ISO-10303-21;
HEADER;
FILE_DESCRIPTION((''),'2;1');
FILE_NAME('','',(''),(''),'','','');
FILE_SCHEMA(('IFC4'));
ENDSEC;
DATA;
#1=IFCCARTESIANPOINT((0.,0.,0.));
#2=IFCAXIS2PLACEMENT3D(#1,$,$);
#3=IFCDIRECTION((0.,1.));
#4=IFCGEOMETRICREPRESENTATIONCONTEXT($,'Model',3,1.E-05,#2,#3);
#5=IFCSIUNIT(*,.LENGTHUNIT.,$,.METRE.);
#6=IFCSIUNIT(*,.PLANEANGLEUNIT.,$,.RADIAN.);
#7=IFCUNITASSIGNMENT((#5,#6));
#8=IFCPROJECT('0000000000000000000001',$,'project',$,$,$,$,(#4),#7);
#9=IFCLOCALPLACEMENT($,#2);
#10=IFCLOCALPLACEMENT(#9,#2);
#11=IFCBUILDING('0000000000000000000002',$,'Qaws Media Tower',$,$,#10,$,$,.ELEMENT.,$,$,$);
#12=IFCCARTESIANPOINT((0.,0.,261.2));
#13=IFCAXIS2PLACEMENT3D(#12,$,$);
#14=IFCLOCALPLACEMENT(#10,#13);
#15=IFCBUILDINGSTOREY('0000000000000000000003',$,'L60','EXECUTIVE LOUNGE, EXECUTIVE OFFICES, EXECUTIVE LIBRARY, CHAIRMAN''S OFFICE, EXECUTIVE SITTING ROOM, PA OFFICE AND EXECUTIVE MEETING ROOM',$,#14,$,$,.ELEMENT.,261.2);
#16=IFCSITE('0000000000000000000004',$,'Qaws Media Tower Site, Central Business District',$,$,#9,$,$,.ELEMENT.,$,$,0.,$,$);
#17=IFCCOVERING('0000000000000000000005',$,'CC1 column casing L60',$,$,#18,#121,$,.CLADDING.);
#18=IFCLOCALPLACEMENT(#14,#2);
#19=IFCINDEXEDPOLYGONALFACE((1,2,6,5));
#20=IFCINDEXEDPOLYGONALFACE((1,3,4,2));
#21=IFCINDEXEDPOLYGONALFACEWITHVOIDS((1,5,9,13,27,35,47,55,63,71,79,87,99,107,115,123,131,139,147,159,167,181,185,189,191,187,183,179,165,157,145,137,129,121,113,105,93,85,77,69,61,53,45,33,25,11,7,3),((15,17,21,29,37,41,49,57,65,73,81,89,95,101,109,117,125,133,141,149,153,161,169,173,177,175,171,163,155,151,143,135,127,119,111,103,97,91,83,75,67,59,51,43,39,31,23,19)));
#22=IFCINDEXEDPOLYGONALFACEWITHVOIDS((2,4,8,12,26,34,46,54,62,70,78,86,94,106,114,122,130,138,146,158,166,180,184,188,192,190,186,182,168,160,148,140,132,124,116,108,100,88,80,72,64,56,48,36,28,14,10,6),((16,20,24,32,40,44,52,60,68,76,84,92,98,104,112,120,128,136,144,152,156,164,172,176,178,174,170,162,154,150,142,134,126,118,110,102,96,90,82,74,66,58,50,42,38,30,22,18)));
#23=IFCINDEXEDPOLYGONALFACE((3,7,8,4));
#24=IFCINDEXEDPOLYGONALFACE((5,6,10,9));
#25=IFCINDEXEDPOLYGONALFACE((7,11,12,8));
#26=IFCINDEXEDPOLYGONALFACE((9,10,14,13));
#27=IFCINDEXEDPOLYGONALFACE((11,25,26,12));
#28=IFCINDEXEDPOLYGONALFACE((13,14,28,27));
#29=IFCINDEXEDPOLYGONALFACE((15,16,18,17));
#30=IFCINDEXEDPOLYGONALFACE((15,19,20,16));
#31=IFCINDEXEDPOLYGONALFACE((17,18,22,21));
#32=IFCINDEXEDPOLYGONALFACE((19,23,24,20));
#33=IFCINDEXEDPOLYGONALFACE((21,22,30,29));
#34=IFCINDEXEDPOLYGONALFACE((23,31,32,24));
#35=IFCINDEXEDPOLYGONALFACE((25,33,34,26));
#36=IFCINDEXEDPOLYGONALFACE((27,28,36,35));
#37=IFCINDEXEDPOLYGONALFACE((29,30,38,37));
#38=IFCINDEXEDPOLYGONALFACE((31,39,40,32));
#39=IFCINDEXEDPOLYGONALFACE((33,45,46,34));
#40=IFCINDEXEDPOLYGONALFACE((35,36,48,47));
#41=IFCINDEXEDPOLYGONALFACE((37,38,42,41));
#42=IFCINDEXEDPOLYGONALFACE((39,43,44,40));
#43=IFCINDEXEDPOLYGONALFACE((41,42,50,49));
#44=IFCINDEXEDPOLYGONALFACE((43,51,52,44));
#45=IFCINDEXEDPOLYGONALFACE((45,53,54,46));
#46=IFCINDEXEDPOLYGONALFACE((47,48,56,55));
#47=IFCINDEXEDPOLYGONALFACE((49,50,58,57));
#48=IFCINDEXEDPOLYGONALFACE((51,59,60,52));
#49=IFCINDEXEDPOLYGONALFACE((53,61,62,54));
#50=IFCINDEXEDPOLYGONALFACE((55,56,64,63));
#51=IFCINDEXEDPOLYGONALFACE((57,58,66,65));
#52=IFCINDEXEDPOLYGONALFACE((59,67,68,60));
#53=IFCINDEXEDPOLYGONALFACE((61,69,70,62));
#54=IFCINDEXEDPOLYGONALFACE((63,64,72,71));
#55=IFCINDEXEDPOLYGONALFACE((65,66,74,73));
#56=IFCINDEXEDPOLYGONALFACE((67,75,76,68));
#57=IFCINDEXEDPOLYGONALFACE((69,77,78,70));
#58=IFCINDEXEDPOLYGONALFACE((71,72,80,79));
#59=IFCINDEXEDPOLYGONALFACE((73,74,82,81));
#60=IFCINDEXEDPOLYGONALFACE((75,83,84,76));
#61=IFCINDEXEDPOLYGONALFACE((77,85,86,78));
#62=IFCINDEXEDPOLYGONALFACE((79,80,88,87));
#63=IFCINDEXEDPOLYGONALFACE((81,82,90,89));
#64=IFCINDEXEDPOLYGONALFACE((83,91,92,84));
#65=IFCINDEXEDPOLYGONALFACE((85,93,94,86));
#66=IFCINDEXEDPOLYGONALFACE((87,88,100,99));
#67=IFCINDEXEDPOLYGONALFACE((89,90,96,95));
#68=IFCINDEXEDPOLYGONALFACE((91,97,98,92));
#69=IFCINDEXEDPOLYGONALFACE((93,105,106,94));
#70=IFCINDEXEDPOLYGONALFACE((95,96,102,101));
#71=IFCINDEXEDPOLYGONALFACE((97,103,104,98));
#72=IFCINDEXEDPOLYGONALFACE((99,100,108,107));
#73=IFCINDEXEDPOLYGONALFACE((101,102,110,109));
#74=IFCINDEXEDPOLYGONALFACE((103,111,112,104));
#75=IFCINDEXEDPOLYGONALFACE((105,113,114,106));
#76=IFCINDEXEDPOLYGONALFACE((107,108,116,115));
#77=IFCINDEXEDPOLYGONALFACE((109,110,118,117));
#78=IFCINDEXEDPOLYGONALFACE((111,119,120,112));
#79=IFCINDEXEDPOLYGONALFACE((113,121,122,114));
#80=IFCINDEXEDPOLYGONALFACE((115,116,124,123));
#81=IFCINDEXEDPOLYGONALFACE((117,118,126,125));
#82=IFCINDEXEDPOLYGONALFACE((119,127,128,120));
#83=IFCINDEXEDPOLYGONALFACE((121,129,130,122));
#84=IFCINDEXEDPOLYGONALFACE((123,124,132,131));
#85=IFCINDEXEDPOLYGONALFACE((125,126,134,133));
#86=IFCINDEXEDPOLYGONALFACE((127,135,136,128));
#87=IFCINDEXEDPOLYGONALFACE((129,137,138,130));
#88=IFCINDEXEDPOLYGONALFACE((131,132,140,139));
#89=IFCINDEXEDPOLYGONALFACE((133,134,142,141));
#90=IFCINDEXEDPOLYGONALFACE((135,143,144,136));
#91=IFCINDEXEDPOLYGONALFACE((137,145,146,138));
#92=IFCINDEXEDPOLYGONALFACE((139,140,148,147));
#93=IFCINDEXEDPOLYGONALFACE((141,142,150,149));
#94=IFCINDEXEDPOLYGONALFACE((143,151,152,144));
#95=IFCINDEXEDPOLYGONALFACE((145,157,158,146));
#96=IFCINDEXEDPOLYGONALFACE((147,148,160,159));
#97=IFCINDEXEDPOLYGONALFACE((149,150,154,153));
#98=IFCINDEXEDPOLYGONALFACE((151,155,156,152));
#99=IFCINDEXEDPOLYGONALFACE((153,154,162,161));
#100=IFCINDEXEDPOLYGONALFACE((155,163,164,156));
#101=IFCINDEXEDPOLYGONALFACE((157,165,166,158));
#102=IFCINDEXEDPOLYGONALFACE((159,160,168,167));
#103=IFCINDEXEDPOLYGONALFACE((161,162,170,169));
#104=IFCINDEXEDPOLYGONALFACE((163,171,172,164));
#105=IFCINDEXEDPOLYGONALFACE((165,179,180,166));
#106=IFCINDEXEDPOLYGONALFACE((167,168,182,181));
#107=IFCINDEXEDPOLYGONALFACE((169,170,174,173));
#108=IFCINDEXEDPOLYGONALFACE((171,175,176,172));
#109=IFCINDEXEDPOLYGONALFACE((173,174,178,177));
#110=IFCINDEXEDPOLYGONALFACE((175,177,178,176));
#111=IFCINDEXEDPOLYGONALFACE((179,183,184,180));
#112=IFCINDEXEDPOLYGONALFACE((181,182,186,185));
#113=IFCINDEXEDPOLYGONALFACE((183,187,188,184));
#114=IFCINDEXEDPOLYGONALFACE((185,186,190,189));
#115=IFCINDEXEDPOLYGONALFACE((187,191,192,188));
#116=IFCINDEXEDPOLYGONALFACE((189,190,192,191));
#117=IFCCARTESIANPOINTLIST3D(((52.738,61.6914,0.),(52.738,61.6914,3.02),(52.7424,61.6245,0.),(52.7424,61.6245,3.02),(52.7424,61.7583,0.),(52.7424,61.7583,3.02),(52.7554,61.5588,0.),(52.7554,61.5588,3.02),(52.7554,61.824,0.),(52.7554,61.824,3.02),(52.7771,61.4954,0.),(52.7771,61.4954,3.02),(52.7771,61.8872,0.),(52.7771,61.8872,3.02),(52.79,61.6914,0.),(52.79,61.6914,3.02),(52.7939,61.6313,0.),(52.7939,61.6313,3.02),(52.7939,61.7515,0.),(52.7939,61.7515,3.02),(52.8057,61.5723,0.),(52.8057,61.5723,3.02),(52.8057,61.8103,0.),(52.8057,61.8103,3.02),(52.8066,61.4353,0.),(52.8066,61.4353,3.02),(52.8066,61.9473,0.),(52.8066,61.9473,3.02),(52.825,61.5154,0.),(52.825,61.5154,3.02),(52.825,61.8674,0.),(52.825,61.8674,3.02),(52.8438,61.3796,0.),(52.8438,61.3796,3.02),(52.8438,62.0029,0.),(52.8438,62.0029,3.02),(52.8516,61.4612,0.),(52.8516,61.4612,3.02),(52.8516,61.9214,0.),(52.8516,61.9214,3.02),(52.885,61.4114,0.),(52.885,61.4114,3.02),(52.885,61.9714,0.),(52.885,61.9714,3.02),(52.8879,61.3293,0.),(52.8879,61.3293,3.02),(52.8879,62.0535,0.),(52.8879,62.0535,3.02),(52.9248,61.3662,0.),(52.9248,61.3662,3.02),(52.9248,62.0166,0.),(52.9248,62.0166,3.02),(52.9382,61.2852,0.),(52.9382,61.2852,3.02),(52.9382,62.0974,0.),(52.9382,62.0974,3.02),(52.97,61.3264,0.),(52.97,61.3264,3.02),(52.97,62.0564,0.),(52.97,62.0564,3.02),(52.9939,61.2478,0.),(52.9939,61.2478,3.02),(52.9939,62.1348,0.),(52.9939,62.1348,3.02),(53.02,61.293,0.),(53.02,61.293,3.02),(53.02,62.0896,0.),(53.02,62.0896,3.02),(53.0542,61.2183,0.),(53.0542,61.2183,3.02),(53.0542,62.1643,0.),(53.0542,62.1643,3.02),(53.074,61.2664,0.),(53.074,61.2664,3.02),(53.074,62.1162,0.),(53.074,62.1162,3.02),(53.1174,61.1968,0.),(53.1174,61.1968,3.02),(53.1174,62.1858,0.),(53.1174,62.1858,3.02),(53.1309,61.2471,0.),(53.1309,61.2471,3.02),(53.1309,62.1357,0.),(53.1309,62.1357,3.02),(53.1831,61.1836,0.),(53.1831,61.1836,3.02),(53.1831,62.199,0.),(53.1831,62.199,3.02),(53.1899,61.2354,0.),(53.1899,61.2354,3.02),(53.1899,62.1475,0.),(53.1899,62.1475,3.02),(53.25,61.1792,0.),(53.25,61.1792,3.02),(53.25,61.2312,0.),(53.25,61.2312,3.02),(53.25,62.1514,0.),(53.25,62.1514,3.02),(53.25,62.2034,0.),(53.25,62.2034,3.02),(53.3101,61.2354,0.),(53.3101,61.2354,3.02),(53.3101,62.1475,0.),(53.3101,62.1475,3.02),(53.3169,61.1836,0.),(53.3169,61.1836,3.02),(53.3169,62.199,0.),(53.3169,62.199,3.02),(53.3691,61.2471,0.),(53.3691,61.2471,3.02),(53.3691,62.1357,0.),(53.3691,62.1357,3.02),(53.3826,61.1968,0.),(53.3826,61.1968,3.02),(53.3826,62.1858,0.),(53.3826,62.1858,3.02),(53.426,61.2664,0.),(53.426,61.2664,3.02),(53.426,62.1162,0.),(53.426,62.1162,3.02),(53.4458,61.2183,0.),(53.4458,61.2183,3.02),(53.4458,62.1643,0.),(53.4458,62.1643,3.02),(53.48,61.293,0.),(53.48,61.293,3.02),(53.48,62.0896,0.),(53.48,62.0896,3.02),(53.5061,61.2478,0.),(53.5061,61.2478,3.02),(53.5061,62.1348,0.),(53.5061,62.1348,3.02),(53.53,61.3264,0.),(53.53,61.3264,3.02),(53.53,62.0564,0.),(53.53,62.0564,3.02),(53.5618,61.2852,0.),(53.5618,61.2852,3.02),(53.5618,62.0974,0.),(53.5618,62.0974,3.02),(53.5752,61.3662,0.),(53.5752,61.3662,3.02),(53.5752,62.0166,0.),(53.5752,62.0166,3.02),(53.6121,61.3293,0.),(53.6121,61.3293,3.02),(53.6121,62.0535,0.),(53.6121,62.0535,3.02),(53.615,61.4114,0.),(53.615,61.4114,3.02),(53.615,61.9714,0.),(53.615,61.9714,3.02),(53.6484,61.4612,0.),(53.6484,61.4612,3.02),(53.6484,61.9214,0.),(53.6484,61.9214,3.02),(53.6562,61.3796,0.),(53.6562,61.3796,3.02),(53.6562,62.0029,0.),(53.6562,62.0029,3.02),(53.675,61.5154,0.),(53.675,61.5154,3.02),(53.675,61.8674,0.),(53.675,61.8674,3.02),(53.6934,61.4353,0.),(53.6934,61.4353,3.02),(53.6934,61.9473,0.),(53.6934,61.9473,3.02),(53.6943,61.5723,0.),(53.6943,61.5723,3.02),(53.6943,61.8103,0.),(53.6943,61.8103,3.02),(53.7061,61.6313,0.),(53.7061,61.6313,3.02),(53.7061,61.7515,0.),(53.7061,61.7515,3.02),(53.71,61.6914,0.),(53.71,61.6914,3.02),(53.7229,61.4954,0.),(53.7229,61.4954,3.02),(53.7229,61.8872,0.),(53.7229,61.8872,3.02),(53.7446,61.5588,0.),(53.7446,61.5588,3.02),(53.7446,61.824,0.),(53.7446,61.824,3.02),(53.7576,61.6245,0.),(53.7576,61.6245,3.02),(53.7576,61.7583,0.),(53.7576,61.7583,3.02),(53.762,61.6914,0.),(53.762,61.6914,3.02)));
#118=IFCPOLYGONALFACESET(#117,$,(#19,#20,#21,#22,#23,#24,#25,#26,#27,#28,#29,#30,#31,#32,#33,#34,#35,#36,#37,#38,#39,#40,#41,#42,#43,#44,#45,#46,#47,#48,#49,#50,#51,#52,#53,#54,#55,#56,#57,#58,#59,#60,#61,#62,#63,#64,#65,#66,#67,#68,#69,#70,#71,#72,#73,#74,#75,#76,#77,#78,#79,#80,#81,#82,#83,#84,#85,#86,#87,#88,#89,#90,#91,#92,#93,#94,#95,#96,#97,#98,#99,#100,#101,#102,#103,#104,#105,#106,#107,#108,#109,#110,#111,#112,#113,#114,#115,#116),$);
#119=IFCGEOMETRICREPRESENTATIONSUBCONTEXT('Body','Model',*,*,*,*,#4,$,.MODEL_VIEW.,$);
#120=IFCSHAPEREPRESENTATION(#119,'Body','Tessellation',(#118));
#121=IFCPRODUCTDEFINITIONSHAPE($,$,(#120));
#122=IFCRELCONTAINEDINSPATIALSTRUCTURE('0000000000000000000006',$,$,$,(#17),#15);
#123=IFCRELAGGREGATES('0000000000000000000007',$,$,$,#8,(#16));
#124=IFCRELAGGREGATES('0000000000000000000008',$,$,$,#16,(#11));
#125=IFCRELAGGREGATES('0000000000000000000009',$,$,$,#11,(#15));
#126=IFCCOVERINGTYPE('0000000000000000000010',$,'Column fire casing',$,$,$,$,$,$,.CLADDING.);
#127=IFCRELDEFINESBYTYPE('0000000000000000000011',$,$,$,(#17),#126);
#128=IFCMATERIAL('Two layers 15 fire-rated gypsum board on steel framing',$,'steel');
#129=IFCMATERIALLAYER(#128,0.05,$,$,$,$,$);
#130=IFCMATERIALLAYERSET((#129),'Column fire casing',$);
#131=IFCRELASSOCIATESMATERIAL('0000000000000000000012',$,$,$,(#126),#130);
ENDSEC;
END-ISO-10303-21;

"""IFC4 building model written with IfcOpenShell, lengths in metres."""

from ifc_helpers import new_model, si_unit, direction, frame, origin, place, context, subcontext, project, spatial, polyline, outline, extrude, material, layer, layer_set, type_object, element, save


model = new_model("IFC4")

# Units and contexts
model_context = context("Model", 3, precision=1e-05, world=origin(), true_north=direction((0.0, 1.0)))
body_context = subcontext(model_context, "Body", "Model", "MODEL_VIEW")
ifc_project = project(units=[si_unit("LENGTHUNIT", "METRE"), si_unit("PLANEANGLEUNIT", "RADIAN")], contexts=[model_context])

# Site, building, storey
site_placement = place(None, origin())
site = spatial("IfcSite", under=ifc_project, at=site_placement, Name="Qaws Media Tower Site, Central Business District", CompositionType="ELEMENT", RefElevation=0.0)
building_placement = place(site_placement, origin())
building = spatial("IfcBuilding", under=site, at=building_placement, Name="Qaws Media Tower", CompositionType="ELEMENT")
storey_placement = place(building_placement, frame((0.0, 0.0, 261.2)))
storey = spatial("IfcBuildingStorey", under=building, at=storey_placement, Name="L60", Description="EXECUTIVE LOUNGE, EXECUTIVE OFFICES, EXECUTIVE LIBRARY, CHAIRMAN'S OFFICE, EXECUTIVE SITTING ROOM, PA OFFICE AND EXECUTIVE MEETING ROOM", CompositionType="ELEMENT", Elevation=261.2)

# Covering
ifc_material_1 = material(Name="Two layers 15 fire-rated gypsum board on steel framing", Category="steel")
ifc_layer_1 = layer(ifc_material_1, 0.05)
ifc_layer_set_1 = layer_set([ifc_layer_1], Name="Column fire casing")
covering_type_1 = type_object("IfcCoveringType", Name="Column fire casing", PredefinedType="CLADDING", material=ifc_layer_set_1)
covering_1_placement = place(storey_placement, origin())
element("IfcCovering", 1, at=covering_1_placement, inside=storey, type_object=covering_type_1, Name="CC1 column casing L60", PredefinedType="CLADDING", context=body_context, shape_type="SweptSolid", body=[
    extrude(outline(polyline([(53.762, 61.6914), (53.7576, 61.6245), (53.7446, 61.5588), (53.7229, 61.4954), (53.6934, 61.4353), (53.6562, 61.3796), (53.6121, 61.3293), (53.5618, 61.2852), (53.5061, 61.2478), (53.4458, 61.2183), (53.3826, 61.1968), (53.3169, 61.1836), (53.25, 61.1792), (53.1831, 61.1836), (53.1174, 61.1968), (53.0542, 61.2183), (52.9939, 61.2478), (52.9382, 61.2852), (52.8879, 61.3293), (52.8438, 61.3796), (52.8066, 61.4353), (52.7771, 61.4954), (52.7554, 61.5588), (52.7424, 61.6245), (52.738, 61.6914), (52.7424, 61.7583), (52.7554, 61.824), (52.7771, 61.8872), (52.8066, 61.9473), (52.8438, 62.0029), (52.8879, 62.0535), (52.9382, 62.0974), (52.9939, 62.1348), (53.0542, 62.1643), (53.1174, 62.1858), (53.1831, 62.199), (53.25, 62.2034), (53.3169, 62.199), (53.3826, 62.1858), (53.4458, 62.1643), (53.5061, 62.1348), (53.5618, 62.0974), (53.6121, 62.0535), (53.6562, 62.0029), (53.6934, 61.9473), (53.7229, 61.8872), (53.7446, 61.824), (53.7576, 61.7583), (53.762, 61.6914)]), holes=[polyline([(53.71, 61.6914), (53.7061, 61.6313), (53.6943, 61.5723), (53.675, 61.5154), (53.6484, 61.4612), (53.615, 61.4114), (53.5752, 61.3662), (53.53, 61.3264), (53.48, 61.293), (53.426, 61.2664), (53.3691, 61.2471), (53.3101, 61.2354), (53.25, 61.2312), (53.1899, 61.2354), (53.1309, 61.2471), (53.074, 61.2664), (53.02, 61.293), (52.97, 61.3264), (52.9248, 61.3662), (52.885, 61.4114), (52.8516, 61.4612), (52.825, 61.5154), (52.8057, 61.5723), (52.7939, 61.6313), (52.79, 61.6914), (52.7939, 61.7515), (52.8057, 61.8103), (52.825, 61.8674), (52.8516, 61.9214), (52.885, 61.9714), (52.9248, 62.0166), (52.97, 62.0564), (53.02, 62.0896), (53.074, 62.1162), (53.1309, 62.1357), (53.1899, 62.1475), (53.25, 62.1514), (53.3101, 62.1475), (53.3691, 62.1357), (53.426, 62.1162), (53.48, 62.0896), (53.53, 62.0564), (53.5752, 62.0166), (53.615, 61.9714), (53.6484, 61.9214), (53.675, 61.8674), (53.6943, 61.8103), (53.7061, 61.7515), (53.71, 61.6914)])]), origin(), (0.0, 0.0, 1.0), 3.02),
])

save(model, "model.ifc")
